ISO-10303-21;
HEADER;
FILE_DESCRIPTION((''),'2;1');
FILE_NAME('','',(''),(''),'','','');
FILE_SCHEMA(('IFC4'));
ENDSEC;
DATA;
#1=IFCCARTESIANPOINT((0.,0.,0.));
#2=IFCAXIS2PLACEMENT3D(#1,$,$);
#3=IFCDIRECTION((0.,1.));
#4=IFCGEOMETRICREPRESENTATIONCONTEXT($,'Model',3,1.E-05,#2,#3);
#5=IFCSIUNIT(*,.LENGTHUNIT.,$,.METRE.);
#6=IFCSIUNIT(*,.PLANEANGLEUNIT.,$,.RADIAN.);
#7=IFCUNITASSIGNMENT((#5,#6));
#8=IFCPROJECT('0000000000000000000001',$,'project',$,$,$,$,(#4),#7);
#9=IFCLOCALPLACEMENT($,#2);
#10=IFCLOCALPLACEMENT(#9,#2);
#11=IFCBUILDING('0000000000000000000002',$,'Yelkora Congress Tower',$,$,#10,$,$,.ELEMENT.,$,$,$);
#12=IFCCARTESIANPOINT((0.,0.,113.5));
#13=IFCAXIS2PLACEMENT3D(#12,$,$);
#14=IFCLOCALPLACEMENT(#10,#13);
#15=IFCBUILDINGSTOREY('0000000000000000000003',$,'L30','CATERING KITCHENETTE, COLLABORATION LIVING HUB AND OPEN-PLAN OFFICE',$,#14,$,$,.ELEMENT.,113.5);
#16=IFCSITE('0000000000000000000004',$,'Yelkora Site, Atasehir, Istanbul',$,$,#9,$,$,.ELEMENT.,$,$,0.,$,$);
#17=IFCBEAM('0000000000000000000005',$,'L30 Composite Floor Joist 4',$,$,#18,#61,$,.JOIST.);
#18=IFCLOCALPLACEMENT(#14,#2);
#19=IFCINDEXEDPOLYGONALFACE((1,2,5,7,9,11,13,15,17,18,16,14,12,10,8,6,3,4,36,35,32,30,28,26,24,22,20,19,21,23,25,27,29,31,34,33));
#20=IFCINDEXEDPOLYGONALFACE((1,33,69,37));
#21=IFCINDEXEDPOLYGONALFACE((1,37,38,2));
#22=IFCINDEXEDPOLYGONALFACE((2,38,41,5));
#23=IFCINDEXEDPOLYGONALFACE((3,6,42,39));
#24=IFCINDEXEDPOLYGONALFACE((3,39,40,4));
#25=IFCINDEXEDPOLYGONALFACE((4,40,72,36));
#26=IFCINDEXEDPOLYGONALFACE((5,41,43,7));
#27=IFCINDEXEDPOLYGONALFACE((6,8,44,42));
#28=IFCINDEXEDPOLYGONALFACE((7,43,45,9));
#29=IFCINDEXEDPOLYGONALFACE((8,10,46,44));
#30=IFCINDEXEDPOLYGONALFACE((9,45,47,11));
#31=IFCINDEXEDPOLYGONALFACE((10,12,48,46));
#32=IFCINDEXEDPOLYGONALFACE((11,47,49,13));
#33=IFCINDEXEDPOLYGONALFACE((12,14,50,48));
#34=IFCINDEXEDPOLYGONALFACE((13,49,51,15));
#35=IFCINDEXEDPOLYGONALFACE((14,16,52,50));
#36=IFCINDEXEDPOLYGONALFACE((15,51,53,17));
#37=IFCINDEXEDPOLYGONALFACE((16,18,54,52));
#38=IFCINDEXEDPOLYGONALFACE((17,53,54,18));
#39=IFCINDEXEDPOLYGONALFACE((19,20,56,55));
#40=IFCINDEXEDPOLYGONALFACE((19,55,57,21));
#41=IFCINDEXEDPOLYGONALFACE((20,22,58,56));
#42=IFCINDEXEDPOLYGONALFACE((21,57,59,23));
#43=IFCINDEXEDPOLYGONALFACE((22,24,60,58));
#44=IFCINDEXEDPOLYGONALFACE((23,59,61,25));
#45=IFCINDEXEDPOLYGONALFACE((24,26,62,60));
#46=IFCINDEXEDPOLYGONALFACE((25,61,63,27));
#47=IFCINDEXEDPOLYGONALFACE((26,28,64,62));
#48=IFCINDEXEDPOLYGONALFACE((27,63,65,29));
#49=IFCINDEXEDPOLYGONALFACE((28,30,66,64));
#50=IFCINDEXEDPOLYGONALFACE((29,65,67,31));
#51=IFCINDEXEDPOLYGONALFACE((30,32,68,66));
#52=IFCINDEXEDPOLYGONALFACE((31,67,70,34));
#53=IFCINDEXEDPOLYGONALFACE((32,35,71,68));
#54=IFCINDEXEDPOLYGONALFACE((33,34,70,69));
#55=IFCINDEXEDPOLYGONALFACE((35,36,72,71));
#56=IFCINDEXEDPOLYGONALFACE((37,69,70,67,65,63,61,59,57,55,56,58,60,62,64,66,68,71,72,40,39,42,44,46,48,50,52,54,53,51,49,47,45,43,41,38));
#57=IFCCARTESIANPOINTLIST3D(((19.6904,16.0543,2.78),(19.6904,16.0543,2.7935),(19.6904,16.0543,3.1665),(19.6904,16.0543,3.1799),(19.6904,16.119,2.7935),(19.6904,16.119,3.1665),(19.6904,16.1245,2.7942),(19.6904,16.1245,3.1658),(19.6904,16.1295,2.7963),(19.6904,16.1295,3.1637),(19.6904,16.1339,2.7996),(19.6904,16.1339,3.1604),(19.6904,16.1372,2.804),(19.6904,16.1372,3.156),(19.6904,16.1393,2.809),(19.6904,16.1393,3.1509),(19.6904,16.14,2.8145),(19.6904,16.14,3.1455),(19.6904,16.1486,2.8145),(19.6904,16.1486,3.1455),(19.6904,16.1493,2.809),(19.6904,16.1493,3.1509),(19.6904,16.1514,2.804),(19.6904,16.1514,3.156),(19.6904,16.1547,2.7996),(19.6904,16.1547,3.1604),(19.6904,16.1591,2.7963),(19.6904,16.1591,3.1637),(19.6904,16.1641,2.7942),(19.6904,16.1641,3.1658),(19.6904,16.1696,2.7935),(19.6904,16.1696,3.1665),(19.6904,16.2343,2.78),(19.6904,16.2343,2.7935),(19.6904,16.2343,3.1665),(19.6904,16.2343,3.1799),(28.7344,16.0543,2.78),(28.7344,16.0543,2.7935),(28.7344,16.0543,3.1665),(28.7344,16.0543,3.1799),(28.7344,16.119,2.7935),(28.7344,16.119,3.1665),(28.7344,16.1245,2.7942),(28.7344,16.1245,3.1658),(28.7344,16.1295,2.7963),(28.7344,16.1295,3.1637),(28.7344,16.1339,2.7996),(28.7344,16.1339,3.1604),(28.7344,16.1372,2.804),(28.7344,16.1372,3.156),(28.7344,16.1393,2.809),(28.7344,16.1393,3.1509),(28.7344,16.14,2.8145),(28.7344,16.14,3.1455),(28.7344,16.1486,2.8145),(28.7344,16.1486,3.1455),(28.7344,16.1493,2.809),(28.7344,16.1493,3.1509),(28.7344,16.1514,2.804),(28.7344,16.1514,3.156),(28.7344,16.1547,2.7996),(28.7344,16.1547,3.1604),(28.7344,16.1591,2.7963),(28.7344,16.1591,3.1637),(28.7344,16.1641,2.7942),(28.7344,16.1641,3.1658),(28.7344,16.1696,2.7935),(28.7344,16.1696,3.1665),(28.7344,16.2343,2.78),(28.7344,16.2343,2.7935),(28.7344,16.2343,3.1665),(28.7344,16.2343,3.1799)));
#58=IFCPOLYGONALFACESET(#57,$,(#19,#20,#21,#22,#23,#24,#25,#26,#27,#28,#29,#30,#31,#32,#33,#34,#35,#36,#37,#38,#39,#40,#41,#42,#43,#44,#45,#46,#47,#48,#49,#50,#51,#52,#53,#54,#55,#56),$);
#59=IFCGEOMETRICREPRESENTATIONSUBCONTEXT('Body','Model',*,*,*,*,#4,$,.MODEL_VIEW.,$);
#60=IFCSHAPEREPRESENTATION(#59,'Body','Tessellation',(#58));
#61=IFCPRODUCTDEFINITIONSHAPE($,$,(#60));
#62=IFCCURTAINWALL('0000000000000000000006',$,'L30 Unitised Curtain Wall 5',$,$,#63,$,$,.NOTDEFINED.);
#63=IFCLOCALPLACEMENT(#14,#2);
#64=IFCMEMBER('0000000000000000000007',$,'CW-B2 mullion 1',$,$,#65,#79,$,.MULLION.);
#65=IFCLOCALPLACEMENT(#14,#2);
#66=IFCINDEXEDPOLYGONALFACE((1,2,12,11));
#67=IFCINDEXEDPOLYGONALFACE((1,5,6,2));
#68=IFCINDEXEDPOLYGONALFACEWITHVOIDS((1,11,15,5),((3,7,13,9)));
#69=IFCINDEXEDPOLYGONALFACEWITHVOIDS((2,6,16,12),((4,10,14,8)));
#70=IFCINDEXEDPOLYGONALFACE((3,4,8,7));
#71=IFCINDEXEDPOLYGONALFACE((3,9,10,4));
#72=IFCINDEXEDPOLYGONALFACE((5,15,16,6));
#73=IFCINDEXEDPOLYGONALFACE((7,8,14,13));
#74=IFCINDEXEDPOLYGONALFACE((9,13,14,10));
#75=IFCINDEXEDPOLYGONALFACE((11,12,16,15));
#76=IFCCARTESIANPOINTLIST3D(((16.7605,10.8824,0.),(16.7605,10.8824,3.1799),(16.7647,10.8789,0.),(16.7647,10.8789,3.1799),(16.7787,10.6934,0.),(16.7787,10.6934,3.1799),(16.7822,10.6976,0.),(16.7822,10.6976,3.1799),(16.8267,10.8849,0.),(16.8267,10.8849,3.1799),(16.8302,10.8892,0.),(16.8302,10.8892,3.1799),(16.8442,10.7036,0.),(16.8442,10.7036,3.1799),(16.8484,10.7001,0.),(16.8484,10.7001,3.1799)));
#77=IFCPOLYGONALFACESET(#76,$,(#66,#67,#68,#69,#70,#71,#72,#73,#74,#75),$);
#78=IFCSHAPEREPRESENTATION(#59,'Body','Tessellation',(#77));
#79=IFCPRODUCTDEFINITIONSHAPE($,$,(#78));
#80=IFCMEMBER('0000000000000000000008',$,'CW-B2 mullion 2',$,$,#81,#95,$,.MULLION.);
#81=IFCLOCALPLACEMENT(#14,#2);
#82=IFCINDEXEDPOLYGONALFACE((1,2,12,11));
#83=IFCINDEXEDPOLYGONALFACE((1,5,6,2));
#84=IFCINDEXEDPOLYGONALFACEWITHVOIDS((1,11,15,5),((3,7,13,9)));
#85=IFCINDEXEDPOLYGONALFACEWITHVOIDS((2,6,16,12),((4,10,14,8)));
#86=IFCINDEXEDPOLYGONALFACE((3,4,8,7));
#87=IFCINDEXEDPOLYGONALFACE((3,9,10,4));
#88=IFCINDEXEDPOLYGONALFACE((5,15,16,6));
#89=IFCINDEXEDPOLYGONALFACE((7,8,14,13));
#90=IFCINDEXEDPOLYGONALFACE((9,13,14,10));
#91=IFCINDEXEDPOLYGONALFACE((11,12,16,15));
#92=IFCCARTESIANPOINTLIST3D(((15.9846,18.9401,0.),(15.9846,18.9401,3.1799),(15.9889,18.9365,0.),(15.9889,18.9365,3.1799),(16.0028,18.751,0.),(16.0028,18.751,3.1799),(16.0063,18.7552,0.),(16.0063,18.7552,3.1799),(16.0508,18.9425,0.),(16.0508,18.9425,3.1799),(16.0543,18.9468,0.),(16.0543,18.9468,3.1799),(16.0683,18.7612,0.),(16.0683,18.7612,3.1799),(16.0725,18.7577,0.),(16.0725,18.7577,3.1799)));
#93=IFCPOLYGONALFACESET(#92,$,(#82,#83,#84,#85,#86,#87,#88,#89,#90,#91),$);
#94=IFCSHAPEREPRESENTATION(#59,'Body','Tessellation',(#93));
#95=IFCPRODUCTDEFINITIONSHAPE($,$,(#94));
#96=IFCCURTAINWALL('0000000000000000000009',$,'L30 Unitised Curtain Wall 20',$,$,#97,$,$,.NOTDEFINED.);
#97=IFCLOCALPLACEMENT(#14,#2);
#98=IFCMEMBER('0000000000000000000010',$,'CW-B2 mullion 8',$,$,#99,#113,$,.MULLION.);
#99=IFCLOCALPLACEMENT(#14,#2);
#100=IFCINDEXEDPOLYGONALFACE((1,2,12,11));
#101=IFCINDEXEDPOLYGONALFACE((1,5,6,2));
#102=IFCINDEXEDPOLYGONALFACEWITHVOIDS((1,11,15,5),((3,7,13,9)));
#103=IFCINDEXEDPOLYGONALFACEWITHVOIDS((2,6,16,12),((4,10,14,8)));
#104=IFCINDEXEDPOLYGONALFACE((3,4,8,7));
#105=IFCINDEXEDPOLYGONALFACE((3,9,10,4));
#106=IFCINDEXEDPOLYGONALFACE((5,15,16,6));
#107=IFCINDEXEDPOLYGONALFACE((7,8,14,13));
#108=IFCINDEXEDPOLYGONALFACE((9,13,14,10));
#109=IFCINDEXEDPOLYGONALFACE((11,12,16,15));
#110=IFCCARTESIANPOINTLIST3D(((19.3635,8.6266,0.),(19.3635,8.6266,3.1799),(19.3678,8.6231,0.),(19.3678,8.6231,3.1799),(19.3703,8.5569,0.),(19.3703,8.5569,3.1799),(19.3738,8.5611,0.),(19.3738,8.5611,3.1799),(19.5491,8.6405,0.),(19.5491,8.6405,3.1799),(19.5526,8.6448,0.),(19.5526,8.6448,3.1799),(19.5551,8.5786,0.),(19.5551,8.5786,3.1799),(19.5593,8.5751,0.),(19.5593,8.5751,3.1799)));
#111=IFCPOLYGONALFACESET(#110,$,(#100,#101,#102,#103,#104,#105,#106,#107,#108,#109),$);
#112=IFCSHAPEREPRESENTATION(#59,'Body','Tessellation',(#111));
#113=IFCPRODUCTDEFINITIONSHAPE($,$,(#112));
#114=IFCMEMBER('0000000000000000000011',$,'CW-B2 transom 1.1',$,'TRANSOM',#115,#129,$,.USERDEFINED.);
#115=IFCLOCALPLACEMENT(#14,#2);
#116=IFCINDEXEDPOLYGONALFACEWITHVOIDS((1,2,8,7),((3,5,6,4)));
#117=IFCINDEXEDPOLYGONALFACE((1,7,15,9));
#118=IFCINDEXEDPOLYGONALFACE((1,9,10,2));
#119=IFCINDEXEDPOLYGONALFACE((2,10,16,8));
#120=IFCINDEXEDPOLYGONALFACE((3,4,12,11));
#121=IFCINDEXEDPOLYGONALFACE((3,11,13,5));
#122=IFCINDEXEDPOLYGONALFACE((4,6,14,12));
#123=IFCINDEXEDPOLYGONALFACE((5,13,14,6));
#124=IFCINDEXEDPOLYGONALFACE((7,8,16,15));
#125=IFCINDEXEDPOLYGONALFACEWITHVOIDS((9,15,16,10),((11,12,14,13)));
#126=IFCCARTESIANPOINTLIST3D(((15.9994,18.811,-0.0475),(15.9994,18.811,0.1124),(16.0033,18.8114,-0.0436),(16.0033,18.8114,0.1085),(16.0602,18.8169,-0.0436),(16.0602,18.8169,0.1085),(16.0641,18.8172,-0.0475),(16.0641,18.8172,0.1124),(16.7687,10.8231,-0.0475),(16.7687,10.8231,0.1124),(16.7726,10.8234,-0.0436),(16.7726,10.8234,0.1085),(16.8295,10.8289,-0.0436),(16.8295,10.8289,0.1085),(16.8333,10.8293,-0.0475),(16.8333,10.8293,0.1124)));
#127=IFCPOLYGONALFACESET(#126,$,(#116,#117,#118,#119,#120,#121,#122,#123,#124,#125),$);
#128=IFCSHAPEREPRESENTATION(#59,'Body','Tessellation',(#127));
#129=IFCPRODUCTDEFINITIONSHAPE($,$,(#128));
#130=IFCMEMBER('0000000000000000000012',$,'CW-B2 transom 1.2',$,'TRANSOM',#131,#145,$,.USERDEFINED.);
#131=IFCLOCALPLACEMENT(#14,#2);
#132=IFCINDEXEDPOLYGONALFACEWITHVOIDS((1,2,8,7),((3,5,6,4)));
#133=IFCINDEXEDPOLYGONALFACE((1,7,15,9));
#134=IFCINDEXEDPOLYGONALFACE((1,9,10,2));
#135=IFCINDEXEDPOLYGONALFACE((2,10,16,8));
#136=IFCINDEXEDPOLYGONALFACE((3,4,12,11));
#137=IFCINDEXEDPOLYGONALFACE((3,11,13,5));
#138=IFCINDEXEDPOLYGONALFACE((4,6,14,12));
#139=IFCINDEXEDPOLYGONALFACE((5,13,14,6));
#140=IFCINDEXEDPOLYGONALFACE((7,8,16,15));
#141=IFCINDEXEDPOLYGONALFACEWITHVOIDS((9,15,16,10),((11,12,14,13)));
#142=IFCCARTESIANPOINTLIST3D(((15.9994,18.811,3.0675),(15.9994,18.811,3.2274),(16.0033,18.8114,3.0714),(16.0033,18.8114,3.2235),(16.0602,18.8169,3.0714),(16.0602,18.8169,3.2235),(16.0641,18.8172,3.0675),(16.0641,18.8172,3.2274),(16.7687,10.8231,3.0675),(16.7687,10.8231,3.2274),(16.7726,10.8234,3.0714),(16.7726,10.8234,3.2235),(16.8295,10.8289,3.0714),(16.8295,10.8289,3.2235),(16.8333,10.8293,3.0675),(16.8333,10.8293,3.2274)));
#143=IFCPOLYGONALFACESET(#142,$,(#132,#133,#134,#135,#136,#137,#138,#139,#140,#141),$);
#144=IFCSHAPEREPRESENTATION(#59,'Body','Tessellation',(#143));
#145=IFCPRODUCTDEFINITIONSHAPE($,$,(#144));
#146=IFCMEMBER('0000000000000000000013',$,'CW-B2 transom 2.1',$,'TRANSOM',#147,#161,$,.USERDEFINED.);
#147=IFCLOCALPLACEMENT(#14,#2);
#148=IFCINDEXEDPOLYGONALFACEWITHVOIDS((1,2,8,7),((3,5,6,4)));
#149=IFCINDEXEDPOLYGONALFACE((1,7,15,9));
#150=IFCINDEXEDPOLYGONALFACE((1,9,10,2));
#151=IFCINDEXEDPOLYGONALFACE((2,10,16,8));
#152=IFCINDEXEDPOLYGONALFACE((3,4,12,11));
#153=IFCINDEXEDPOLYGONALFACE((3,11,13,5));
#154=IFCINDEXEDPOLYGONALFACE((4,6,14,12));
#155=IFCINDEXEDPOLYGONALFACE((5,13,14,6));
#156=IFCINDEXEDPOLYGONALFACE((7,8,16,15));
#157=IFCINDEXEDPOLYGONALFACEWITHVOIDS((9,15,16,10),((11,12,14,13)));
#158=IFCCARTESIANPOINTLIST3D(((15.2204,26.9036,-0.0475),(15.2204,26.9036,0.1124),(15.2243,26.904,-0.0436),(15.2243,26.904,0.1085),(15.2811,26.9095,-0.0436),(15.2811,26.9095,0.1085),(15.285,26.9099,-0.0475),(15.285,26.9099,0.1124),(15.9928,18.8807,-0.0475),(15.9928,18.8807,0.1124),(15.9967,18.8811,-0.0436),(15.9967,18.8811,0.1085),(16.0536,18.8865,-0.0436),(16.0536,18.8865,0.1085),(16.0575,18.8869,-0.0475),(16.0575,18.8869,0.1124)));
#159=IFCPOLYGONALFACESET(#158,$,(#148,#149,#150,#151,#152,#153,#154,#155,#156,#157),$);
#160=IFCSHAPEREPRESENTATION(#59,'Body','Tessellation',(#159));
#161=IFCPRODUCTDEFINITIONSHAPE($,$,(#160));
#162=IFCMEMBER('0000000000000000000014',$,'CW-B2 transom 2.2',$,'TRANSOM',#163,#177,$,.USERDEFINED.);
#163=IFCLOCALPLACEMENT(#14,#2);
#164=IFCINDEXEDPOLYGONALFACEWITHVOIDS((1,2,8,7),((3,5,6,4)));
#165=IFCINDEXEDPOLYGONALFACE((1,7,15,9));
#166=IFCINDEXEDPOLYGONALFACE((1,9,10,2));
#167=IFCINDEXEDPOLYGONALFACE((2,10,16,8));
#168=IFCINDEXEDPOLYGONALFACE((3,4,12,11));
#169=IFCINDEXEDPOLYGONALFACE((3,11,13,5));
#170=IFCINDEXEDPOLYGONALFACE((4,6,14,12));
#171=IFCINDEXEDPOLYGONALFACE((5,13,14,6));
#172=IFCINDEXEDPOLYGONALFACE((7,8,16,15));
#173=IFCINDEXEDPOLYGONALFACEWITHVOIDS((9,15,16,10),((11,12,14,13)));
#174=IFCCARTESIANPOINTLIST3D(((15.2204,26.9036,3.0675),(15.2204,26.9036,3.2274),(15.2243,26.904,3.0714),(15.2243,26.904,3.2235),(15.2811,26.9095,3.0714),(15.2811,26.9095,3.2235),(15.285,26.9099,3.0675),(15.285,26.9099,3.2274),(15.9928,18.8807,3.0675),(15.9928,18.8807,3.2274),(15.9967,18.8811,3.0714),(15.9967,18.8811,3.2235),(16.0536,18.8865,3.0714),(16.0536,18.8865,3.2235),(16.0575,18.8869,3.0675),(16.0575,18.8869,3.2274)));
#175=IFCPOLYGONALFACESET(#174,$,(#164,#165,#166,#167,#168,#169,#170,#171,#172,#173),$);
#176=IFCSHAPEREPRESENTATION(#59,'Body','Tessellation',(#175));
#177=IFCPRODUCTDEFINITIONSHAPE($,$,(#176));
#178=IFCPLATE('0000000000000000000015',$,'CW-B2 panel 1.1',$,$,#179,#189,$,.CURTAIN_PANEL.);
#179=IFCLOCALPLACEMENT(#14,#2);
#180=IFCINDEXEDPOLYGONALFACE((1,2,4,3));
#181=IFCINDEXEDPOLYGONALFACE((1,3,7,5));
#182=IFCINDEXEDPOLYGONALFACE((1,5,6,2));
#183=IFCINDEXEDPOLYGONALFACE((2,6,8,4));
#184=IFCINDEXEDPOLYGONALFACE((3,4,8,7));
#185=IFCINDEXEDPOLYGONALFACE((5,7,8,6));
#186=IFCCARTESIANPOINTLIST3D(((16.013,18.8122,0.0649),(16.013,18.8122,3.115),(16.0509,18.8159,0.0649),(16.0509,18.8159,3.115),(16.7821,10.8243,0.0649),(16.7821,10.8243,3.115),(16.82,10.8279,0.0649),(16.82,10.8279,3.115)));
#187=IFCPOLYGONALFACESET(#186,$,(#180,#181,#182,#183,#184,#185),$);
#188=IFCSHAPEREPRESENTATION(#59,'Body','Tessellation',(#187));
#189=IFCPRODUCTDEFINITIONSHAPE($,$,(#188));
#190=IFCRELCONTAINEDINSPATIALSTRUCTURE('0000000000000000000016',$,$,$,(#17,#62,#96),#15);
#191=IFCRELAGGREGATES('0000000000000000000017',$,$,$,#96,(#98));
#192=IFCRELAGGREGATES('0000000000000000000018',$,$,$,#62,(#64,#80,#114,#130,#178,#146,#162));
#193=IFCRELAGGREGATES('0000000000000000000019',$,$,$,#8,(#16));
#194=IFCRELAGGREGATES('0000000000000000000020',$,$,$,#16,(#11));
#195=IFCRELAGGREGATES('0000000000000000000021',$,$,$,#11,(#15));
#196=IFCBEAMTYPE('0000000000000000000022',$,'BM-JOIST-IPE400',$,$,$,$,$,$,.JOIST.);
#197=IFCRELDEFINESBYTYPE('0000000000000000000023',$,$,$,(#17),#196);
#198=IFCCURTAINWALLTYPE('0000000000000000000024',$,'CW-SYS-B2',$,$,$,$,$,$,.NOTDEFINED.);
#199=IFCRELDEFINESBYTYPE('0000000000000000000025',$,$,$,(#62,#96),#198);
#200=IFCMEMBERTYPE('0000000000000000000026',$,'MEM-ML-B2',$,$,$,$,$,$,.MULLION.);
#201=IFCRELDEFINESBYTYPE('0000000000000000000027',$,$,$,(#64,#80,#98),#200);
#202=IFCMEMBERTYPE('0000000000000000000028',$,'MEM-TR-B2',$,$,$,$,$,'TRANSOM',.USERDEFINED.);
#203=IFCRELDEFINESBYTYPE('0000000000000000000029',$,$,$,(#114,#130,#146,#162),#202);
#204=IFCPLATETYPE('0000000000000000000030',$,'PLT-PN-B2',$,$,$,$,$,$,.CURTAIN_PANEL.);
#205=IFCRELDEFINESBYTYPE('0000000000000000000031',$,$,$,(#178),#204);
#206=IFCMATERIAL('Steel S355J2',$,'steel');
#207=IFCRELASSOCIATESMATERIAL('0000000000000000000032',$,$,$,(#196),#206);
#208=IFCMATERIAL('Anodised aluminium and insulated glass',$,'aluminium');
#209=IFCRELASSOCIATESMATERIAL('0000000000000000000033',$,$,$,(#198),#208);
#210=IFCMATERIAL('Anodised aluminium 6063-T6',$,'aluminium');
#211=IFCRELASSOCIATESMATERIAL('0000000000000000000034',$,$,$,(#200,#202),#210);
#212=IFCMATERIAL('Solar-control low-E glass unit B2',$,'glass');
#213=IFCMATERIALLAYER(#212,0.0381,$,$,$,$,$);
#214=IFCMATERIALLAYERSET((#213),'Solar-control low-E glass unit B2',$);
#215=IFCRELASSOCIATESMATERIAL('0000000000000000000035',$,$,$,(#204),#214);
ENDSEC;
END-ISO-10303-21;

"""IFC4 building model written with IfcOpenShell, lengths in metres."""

from ifc_helpers import new_model, si_unit, direction, frame, origin, origin_2d, place, context, subcontext, project, spatial, rectangle, hollow_rectangle, i_section, extrude, material, layer, layer_set, material_profile, profile_set, type_object, element, aggregate, save


model = new_model("IFC4")

# Units and contexts
model_context = context("Model", 3, precision=1e-05, world=origin(), true_north=direction((0.0, 1.0)))
body_context = subcontext(model_context, "Body", "Model", "MODEL_VIEW")
ifc_project = project(units=[si_unit("LENGTHUNIT", "METRE"), si_unit("PLANEANGLEUNIT", "RADIAN")], contexts=[model_context])

# Site, building, storey
site_placement = place(None, origin())
site = spatial("IfcSite", under=ifc_project, at=site_placement, Name="Yelkora Site, Atasehir, Istanbul", CompositionType="ELEMENT", RefElevation=0.0)
building_placement = place(site_placement, origin())
building = spatial("IfcBuilding", under=site, at=building_placement, Name="Yelkora Congress Tower", CompositionType="ELEMENT")
storey_placement = place(building_placement, frame((0.0, 0.0, 113.5)))
storey = spatial("IfcBuildingStorey", under=building, at=storey_placement, Name="L30", Description="CATERING KITCHENETTE, COLLABORATION LIVING HUB AND OPEN-PLAN OFFICE", CompositionType="ELEMENT", Elevation=113.5)

# Beam
ifc_material_1 = material(Name="Steel S355J2", Category="steel")
ifc_material_profile_1 = material_profile(ifc_material_1, i_section(OverallWidth=0.1799, OverallDepth=0.3999, WebThickness=0.0085, FlangeThickness=0.0134, FilletRadius=0.021, at=origin_2d()), Name="IPE 400")
ifc_profile_set_1 = profile_set([ifc_material_profile_1], Name="Steel S355J2")
beam_type = type_object("IfcBeamType", Name="BM-JOIST-IPE400", PredefinedType="JOIST", material=ifc_profile_set_1)
beam_placement = place(storey_placement, frame((19.6904, 16.1443, 2.98), z_axis=(1.0, 0.0, 0.0), x_axis=(0.0, 1.0, 0.0)))
element("IfcBeam", 1, at=beam_placement, inside=storey, type_object=beam_type, Name="L30 Composite Floor Joist 4", PredefinedType="JOIST", context=body_context, shape_type="SweptSolid", body=[
    extrude(i_section(OverallWidth=0.1799, OverallDepth=0.3999, WebThickness=0.0085, FlangeThickness=0.0134, FilletRadius=0.021, at=origin_2d()), origin(), (0.0, 0.0, 1.0), 9.0439),
])

# Curtain wall, members
ifc_material_2 = material(Name="Anodised aluminium and insulated glass", Category="aluminium")
curtain_wall_type = type_object("IfcCurtainWallType", Name="CW-SYS-B2", PredefinedType="NOTDEFINED", material=ifc_material_2)
curtain_wall_1_placement = place(storey_placement, origin())
curtain_wall_1 = element("IfcCurtainWall", 2, at=curtain_wall_1_placement, inside=storey, type_object=curtain_wall_type, Name="L30 Unitised Curtain Wall 5", PredefinedType="NOTDEFINED")
ifc_material_3 = material(Name="Anodised aluminium 6063-T6", Category="aluminium")
ifc_material_profile_2 = material_profile(ifc_material_3, hollow_rectangle(XDim=0.0701, YDim=0.1899, WallThickness=0.0039, at=origin_2d()), Name="ALU 70x190x4")
ifc_profile_set_2 = profile_set([ifc_material_profile_2], Name="Anodised aluminium 6063-T6")
member_type_1 = type_object("IfcMemberType", Name="MEM-ML-B2", PredefinedType="MULLION", material=ifc_profile_set_2)
member_1_placement = place(storey_placement, frame((16.8044, 10.7913, 0.0), z_axis=(0.0, 0.0, 1.0), x_axis=(-0.995397, -0.095843, 0.0)))
member_1 = element("IfcMember", 3, at=member_1_placement, type_object=member_type_1, Name="CW-B2 mullion 1", PredefinedType="MULLION", context=body_context, shape_type="SweptSolid", body=[
    extrude(hollow_rectangle(XDim=0.0701, YDim=0.1899, WallThickness=0.0039, at=origin_2d()), origin(), (0.0, 0.0, 1.0), 3.1799),
])
member_2_placement = place(storey_placement, frame((16.0286, 18.8489, 0.0), z_axis=(0.0, 0.0, 1.0), x_axis=(-0.995397, -0.095843, 0.0)))
member_2 = element("IfcMember", 4, at=member_2_placement, type_object=member_type_1, Name="CW-B2 mullion 2", PredefinedType="MULLION", context=body_context, shape_type="SweptSolid", body=[
    extrude(hollow_rectangle(XDim=0.0701, YDim=0.1899, WallThickness=0.0039, at=origin_2d()), origin(), (0.0, 0.0, 1.0), 3.1799),
])

# Curtain wall, member
curtain_wall_2_placement = place(storey_placement, origin())
curtain_wall_2 = element("IfcCurtainWall", 5, at=curtain_wall_2_placement, inside=storey, type_object=curtain_wall_type, Name="L30 Unitised Curtain Wall 20", PredefinedType="NOTDEFINED")
member_3_placement = place(storey_placement, frame((19.4614, 8.6008, 0.0), z_axis=(0.0, 0.0, 1.0), x_axis=(0.095844, -0.995396, 0.0)))
member_3 = element("IfcMember", 6, at=member_3_placement, type_object=member_type_1, Name="CW-B2 mullion 8", PredefinedType="MULLION", context=body_context, shape_type="SweptSolid", body=[
    extrude(hollow_rectangle(XDim=0.0701, YDim=0.1899, WallThickness=0.0039, at=origin_2d()), origin(), (0.0, 0.0, 1.0), 3.1799),
])
aggregate(curtain_wall_2, [member_3])

# Members
ifc_material_profile_3 = material_profile(ifc_material_3, hollow_rectangle(XDim=0.0649, YDim=0.1599, WallThickness=0.0039, at=origin_2d()), Name="ALU 65x160x4")
ifc_profile_set_3 = profile_set([ifc_material_profile_3], Name="Anodised aluminium 6063-T6")
member_type_2 = type_object("IfcMemberType", Name="MEM-TR-B2", ElementType="TRANSOM", PredefinedType="USERDEFINED", material=ifc_profile_set_3)
member_4_placement = place(storey_placement, frame((16.801, 10.8262, 0.0325), z_axis=(-0.095861, 0.995395, 0.0), x_axis=(-0.995395, -0.095861, 0.0)))
member_4 = element("IfcMember", 7, at=member_4_placement, type_object=member_type_2, Name="CW-B2 transom 1.1", ObjectType="TRANSOM", PredefinedType="USERDEFINED", context=body_context, shape_type="SweptSolid", body=[
    extrude(hollow_rectangle(XDim=0.0649, YDim=0.1599, WallThickness=0.0039, at=origin_2d()), origin(), (0.0, 0.0, 1.0), 8.0249),
])
member_5_placement = place(storey_placement, frame((16.801, 10.8262, 3.1475), z_axis=(-0.095861, 0.995395, 0.0), x_axis=(-0.995395, -0.095861, 0.0)))
member_5 = element("IfcMember", 8, at=member_5_placement, type_object=member_type_2, Name="CW-B2 transom 1.2", ObjectType="TRANSOM", PredefinedType="USERDEFINED", context=body_context, shape_type="SweptSolid", body=[
    extrude(hollow_rectangle(XDim=0.0649, YDim=0.1599, WallThickness=0.0039, at=origin_2d()), origin(), (0.0, 0.0, 1.0), 8.0249),
])
member_6_placement = place(storey_placement, frame((16.0251, 18.8838, 0.0325), z_axis=(-0.095838, 0.995397, 0.0), x_axis=(-0.995397, -0.095838, 0.0)))
member_6 = element("IfcMember", 9, at=member_6_placement, type_object=member_type_2, Name="CW-B2 transom 2.1", ObjectType="TRANSOM", PredefinedType="USERDEFINED", context=body_context, shape_type="SweptSolid", body=[
    extrude(hollow_rectangle(XDim=0.0649, YDim=0.1599, WallThickness=0.0039, at=origin_2d()), origin(), (0.0, 0.0, 1.0), 8.0601),
])
member_7_placement = place(storey_placement, frame((16.0251, 18.8838, 3.1475), z_axis=(-0.095838, 0.995397, 0.0), x_axis=(-0.995397, -0.095838, 0.0)))
member_7 = element("IfcMember", 10, at=member_7_placement, type_object=member_type_2, Name="CW-B2 transom 2.2", ObjectType="TRANSOM", PredefinedType="USERDEFINED", context=body_context, shape_type="SweptSolid", body=[
    extrude(hollow_rectangle(XDim=0.0649, YDim=0.1599, WallThickness=0.0039, at=origin_2d()), origin(), (0.0, 0.0, 1.0), 8.0601),
])

# Plate
ifc_material_4 = material(Name="Solar-control low-E glass unit B2", Category="glass")
ifc_layer_1 = layer(ifc_material_4, 0.0381)
ifc_layer_set_1 = layer_set([ifc_layer_1], Name="Solar-control low-E glass unit B2")
plate_type = type_object("IfcPlateType", Name="PLT-PN-B2", PredefinedType="CURTAIN_PANEL", material=ifc_layer_set_1)
plate_placement = place(storey_placement, frame((16.4165, 14.8201, 0.0649), z_axis=(0.0, 0.0, 1.0), x_axis=(-0.095843, 0.995397, 0.0)))
plate = element("IfcPlate", 11, at=plate_placement, type_object=plate_type, Name="CW-B2 panel 1.1", PredefinedType="CURTAIN_PANEL", context=body_context, shape_type="SweptSolid", body=[
    extrude(rectangle(XDim=8.0249, YDim=0.0381, at=origin_2d()), origin(), (0.0, 0.0, 1.0), 3.05),
])
aggregate(curtain_wall_1, [member_1, member_2, member_4, member_5, plate, member_6, member_7])

save(model, "model.ifc")
